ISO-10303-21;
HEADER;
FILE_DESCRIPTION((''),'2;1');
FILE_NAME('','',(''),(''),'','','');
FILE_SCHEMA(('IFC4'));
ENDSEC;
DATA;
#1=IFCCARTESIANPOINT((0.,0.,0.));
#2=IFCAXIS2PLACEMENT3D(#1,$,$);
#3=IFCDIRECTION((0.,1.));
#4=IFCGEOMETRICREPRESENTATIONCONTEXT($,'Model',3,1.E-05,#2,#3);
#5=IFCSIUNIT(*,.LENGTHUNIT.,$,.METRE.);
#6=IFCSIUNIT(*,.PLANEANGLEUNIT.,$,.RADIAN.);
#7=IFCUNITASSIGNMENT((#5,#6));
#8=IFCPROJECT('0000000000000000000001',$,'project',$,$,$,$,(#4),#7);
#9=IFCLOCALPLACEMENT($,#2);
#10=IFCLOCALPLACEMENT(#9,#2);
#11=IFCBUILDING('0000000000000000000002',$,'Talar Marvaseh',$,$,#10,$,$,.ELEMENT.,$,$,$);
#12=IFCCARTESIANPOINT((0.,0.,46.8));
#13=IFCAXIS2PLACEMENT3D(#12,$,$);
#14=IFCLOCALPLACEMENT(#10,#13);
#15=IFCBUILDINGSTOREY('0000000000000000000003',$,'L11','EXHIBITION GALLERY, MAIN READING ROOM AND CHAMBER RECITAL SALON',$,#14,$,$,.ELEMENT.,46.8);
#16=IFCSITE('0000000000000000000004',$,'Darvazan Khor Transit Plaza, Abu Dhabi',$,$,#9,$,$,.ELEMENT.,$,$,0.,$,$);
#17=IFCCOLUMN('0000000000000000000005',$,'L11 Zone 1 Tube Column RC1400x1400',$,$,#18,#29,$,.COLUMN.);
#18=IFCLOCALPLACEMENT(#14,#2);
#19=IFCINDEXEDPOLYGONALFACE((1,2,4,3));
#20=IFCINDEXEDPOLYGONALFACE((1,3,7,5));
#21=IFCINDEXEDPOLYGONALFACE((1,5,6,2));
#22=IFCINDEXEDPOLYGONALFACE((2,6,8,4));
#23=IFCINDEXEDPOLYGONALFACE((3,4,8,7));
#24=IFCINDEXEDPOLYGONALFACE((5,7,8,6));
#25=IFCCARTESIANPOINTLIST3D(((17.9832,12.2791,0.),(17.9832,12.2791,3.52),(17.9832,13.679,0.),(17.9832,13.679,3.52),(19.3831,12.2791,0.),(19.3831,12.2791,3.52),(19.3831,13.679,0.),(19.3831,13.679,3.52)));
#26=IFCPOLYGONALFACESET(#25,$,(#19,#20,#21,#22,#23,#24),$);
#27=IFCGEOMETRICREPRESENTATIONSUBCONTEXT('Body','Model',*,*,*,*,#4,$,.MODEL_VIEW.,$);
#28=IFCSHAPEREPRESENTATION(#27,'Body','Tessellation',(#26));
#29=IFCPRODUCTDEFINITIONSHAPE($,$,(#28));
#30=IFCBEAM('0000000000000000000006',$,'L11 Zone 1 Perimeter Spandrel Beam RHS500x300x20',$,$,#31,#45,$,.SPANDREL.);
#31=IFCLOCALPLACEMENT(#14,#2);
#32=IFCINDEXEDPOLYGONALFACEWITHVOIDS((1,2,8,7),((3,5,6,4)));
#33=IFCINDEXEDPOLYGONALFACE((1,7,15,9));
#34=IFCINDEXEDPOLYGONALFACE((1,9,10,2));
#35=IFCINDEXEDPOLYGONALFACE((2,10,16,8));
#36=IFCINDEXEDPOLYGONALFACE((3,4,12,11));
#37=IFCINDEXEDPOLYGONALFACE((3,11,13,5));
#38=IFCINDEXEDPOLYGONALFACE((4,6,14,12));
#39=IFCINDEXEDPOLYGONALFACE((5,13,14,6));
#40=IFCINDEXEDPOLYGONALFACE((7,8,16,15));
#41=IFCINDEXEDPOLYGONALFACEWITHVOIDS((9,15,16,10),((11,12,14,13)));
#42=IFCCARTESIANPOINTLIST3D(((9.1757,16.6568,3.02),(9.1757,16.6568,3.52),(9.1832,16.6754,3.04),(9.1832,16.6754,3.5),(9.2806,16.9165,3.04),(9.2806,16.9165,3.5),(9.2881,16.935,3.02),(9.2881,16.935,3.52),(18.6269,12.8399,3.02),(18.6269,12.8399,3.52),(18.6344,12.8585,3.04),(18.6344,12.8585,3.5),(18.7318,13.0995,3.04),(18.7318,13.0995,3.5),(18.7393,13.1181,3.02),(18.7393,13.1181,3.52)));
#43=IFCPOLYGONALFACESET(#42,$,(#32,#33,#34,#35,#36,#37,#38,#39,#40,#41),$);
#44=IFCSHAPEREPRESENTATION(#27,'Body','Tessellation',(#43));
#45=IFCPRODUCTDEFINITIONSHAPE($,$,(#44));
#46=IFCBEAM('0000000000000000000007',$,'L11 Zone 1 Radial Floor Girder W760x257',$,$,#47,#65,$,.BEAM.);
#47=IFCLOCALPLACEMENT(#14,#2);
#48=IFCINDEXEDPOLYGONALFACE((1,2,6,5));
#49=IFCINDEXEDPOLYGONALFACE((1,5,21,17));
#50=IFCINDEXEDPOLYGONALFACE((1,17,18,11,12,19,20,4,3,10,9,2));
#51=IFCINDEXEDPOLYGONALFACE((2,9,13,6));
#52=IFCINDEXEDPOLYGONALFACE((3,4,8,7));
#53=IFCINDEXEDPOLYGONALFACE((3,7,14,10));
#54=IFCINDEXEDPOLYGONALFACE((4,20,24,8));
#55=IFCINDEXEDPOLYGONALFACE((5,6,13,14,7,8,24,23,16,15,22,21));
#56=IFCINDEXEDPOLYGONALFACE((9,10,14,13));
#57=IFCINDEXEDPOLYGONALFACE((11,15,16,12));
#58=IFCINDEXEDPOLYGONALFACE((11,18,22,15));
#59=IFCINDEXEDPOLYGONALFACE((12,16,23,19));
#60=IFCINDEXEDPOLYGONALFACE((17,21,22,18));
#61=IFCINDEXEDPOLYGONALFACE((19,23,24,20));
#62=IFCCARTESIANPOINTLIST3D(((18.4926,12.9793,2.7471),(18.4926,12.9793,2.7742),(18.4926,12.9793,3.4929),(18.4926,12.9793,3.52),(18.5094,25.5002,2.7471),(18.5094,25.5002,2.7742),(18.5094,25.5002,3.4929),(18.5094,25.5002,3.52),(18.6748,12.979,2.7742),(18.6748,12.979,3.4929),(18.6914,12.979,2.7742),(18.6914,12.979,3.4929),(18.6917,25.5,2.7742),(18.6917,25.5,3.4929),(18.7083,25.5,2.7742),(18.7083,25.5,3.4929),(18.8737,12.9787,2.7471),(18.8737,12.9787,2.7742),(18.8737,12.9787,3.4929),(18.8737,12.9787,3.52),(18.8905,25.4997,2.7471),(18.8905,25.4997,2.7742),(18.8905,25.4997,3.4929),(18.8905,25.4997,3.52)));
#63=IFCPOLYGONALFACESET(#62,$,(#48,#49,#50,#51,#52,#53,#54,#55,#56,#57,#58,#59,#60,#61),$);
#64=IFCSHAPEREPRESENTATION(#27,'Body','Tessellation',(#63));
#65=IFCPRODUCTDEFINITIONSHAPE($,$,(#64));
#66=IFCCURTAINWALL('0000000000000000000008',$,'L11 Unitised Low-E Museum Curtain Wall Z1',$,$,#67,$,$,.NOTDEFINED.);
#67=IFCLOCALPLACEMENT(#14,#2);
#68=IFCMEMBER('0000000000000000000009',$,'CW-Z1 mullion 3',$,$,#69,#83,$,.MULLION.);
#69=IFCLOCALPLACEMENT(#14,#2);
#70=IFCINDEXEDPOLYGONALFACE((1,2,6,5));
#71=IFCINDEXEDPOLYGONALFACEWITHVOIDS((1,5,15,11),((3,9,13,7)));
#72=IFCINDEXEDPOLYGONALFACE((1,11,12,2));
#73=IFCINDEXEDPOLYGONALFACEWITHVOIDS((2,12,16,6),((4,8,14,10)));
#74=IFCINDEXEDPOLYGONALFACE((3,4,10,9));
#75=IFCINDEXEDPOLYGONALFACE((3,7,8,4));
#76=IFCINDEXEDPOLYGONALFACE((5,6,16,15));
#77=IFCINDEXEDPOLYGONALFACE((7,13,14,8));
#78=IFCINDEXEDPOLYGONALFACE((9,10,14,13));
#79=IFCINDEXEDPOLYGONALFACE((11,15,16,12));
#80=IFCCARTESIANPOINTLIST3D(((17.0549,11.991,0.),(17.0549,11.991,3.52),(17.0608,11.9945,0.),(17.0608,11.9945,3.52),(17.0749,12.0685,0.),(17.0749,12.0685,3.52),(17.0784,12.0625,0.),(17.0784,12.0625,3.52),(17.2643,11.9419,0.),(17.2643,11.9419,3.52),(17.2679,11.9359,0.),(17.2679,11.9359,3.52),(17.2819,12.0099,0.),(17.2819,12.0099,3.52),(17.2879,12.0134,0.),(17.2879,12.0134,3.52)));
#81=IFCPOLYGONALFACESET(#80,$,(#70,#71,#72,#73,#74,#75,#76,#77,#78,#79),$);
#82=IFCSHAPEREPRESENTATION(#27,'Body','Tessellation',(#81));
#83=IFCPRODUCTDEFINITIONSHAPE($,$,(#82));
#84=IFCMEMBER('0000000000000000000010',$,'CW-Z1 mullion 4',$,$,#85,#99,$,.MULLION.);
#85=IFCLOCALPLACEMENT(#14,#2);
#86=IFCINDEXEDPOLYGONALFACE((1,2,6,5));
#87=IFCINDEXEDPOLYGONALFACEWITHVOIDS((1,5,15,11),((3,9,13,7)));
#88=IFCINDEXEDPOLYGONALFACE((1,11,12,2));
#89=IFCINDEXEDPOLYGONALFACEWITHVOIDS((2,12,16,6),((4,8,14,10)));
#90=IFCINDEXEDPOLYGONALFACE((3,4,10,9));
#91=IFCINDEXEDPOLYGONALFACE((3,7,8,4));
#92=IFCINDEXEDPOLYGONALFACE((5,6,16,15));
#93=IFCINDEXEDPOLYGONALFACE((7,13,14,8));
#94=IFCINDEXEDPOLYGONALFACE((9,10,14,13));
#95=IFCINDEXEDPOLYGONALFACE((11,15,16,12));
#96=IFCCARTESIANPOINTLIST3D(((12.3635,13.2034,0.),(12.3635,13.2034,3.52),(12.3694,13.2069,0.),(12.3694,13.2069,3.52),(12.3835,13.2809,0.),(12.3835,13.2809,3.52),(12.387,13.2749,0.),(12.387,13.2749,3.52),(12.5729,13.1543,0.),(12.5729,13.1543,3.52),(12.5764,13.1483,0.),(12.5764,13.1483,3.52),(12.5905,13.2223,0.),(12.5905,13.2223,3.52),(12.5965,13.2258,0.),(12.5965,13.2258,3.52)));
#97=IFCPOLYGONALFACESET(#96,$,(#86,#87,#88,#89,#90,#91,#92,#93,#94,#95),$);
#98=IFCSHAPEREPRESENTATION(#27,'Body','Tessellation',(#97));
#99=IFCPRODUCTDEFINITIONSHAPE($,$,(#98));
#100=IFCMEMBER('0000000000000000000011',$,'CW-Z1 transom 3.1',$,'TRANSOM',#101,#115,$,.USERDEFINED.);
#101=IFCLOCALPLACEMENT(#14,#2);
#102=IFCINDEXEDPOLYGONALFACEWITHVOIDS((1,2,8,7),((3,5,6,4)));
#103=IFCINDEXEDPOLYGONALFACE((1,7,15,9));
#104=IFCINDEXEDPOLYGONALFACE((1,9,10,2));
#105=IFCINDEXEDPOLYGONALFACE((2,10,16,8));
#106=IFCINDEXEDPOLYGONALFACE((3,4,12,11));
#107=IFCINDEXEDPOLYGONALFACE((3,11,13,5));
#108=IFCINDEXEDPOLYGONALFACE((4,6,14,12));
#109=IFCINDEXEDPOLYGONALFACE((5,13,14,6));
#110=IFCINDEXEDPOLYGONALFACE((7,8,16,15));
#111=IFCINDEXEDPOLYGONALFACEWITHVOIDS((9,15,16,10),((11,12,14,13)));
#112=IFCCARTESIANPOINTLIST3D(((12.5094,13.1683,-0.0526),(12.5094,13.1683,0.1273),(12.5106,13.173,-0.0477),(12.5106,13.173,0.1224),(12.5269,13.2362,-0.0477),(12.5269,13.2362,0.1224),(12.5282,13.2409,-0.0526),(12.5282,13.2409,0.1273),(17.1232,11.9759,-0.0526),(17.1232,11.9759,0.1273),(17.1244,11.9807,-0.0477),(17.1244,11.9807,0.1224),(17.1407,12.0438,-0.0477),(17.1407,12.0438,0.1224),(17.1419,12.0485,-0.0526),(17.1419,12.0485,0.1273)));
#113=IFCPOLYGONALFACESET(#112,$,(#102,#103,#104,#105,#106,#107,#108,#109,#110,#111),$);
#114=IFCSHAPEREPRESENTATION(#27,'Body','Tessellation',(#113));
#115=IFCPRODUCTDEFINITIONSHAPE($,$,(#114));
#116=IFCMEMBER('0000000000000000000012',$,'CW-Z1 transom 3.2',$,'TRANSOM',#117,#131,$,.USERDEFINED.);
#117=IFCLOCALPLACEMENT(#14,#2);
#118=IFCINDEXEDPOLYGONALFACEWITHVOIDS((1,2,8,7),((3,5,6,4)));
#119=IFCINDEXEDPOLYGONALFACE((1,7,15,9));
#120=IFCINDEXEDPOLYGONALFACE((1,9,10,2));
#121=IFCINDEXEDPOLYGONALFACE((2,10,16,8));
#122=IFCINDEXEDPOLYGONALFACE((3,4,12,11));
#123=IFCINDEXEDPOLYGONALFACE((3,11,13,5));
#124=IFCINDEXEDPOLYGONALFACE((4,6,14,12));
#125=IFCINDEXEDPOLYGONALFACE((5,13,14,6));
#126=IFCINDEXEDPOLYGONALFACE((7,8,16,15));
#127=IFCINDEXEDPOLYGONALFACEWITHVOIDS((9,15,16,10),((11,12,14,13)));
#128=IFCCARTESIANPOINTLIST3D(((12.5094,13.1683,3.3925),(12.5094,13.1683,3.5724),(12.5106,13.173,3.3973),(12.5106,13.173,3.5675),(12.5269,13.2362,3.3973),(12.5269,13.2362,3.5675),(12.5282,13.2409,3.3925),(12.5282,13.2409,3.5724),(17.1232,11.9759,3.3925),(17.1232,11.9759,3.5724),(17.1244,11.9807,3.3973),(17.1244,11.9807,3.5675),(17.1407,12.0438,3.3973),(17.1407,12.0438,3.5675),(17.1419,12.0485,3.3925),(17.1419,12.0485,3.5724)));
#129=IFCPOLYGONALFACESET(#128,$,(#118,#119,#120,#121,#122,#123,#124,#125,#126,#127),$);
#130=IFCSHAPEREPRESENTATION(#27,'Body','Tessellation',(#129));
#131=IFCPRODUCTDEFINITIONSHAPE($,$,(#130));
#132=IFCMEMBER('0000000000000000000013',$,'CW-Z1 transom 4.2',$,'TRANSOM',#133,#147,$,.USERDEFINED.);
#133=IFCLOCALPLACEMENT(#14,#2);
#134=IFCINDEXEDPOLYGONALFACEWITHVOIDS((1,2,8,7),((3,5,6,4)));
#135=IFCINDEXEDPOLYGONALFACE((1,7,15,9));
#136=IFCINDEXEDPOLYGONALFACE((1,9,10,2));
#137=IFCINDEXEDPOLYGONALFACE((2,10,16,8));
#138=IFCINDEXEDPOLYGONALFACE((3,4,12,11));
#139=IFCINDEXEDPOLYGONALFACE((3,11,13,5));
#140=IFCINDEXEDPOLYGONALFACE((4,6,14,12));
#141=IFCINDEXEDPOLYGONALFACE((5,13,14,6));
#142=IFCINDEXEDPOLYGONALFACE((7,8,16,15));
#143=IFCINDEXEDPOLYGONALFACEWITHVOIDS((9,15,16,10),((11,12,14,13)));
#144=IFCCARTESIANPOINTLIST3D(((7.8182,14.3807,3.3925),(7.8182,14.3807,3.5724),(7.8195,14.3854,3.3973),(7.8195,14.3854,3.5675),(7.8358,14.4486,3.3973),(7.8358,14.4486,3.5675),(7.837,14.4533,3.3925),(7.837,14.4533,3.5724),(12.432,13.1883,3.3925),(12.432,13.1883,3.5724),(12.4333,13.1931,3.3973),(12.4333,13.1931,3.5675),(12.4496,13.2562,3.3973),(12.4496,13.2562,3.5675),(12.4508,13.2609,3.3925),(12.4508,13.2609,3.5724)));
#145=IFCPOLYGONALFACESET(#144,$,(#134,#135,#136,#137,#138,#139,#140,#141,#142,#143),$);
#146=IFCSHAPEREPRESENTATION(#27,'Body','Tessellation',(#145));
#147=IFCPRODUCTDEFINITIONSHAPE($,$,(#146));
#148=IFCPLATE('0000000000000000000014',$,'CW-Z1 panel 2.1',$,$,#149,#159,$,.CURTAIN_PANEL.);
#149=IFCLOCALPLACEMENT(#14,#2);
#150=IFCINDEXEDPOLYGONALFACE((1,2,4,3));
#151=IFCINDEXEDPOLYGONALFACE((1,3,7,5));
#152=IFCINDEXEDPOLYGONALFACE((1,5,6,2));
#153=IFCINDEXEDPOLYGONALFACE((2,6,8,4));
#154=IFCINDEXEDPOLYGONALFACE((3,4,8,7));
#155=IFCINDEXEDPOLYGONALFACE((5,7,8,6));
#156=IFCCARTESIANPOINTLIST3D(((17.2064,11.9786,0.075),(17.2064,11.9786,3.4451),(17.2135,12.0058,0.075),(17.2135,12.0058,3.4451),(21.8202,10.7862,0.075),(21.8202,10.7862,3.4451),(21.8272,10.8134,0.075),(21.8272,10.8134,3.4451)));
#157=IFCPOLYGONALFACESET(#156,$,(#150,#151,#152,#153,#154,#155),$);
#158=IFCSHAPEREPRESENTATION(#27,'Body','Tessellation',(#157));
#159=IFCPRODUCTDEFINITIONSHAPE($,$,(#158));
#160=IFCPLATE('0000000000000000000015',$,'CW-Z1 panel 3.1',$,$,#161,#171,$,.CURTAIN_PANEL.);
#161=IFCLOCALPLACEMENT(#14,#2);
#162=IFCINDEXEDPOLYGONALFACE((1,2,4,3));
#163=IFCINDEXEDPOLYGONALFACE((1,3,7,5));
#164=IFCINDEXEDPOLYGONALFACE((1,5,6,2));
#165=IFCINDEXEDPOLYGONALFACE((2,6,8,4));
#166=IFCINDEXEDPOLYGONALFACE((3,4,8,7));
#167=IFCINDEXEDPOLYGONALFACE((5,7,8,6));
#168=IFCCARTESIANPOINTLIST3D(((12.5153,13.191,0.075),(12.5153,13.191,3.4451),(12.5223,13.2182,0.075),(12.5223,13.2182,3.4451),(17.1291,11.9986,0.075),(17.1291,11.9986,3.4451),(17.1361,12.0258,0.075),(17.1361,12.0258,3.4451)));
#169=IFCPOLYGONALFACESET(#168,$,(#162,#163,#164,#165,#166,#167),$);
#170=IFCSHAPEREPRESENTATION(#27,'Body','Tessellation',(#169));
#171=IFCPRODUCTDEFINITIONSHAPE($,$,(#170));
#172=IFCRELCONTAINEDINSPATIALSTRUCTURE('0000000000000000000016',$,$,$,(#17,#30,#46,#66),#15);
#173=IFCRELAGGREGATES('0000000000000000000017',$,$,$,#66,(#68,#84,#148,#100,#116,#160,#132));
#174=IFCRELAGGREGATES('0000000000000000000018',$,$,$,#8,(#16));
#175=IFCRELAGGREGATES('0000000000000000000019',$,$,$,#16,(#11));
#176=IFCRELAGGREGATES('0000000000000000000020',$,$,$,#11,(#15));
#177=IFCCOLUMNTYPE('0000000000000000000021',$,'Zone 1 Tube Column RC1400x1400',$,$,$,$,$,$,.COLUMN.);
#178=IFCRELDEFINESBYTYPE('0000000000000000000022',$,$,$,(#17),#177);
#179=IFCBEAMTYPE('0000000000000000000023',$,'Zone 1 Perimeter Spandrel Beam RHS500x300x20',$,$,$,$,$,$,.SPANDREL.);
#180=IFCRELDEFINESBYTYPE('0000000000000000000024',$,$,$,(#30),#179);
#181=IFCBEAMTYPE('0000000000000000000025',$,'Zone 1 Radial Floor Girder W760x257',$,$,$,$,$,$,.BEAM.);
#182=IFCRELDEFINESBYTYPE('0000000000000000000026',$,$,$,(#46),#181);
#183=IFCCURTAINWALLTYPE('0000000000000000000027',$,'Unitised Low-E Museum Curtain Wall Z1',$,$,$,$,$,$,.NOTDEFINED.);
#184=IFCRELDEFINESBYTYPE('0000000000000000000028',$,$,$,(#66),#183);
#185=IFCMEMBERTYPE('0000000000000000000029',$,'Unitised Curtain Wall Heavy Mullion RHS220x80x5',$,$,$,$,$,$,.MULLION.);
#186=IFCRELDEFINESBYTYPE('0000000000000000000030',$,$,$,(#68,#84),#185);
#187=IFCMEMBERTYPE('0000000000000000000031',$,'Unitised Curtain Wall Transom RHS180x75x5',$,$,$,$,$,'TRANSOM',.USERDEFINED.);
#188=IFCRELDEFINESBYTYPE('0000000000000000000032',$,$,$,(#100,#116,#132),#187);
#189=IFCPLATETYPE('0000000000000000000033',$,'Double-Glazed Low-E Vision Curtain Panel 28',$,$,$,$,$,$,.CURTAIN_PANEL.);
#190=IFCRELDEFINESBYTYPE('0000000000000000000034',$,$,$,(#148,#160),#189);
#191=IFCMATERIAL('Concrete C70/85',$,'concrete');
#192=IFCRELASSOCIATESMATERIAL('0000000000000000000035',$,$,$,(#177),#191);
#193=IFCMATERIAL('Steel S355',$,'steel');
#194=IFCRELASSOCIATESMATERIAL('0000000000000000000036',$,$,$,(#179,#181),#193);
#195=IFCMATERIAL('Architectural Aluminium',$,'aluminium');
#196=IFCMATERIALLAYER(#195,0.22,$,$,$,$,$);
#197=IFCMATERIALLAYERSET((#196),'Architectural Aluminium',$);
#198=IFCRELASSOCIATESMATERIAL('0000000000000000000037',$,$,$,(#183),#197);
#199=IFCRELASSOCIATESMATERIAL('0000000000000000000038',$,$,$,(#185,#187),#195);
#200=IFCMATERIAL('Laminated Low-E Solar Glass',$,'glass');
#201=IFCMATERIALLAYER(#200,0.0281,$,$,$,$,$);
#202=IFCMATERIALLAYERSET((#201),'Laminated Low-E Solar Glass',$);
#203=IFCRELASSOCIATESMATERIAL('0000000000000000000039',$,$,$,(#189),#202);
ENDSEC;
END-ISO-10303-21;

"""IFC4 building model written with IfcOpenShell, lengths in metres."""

from ifc_helpers import new_model, si_unit, direction, frame, origin, origin_2d, place, context, subcontext, project, spatial, rectangle, hollow_rectangle, i_section, extrude, source, transform, mapped, material, layer, layer_set, material_profile, profile_set, type_object, type_shapes, element, aggregate, save


model = new_model("IFC4")

# Units and contexts
model_context = context("Model", 3, precision=1e-05, world=origin(), true_north=direction((0.0, 1.0)))
body_context = subcontext(model_context, "Body", "Model", "MODEL_VIEW")
ifc_project = project(units=[si_unit("LENGTHUNIT", "METRE"), si_unit("PLANEANGLEUNIT", "RADIAN")], contexts=[model_context])

# Site, building, storey
site_placement = place(None, origin())
site = spatial("IfcSite", under=ifc_project, at=site_placement, Name="Darvazan Khor Transit Plaza, Abu Dhabi", CompositionType="ELEMENT", RefElevation=0.0)
building_placement = place(site_placement, origin())
building = spatial("IfcBuilding", under=site, at=building_placement, Name="Talar Marvaseh", CompositionType="ELEMENT")
storey_placement = place(building_placement, frame((0.0, 0.0, 46.8)))
storey = spatial("IfcBuildingStorey", under=building, at=storey_placement, Name="L11", Description="EXHIBITION GALLERY, MAIN READING ROOM AND CHAMBER RECITAL SALON", CompositionType="ELEMENT", Elevation=46.8)

# Column
ifc_material_1 = material(Name="Concrete C70/85", Category="concrete")
ifc_material_profile_1 = material_profile(ifc_material_1, rectangle(XDim=1.3999, YDim=1.3999, at=origin_2d()), Name="RC1400x1400")
ifc_profile_set_1 = profile_set([ifc_material_profile_1], Name="Concrete C70/85")
column_type = type_object("IfcColumnType", Name="Zone 1 Tube Column RC1400x1400", PredefinedType="COLUMN", material=ifc_profile_set_1)
column_placement = place(storey_placement, frame((18.6831, 12.979, 0.0), z_axis=(0.0, 0.0, 1.0), x_axis=(1.0, 0.0, 0.0)))
element("IfcColumn", 1, at=column_placement, inside=storey, type_object=column_type, Name="L11 Zone 1 Tube Column RC1400x1400", PredefinedType="COLUMN", context=body_context, shape_type="SweptSolid", body=[
    extrude(rectangle(XDim=1.3999, YDim=1.3999, at=origin_2d()), origin(), (0.0, 0.0, 1.0), 3.52),
])

# Beams
ifc_material_2 = material(Name="Steel S355", Category="steel")
ifc_material_profile_2 = material_profile(ifc_material_2, hollow_rectangle(XDim=0.3, YDim=0.5, WallThickness=0.02, at=origin_2d()), Name="RHS500x300x20")
ifc_profile_set_2 = profile_set([ifc_material_profile_2], Name="Steel S355")
beam_type_1 = type_object("IfcBeamType", Name="Zone 1 Perimeter Spandrel Beam RHS500x300x20", PredefinedType="SPANDREL", material=ifc_profile_set_2)
beam_1_placement = place(storey_placement, frame((18.6831, 12.979, 3.27), z_axis=(-0.927239, 0.374469, 0.0), x_axis=(-0.374469, -0.927239, 0.0)))
element("IfcBeam", 2, at=beam_1_placement, inside=storey, type_object=beam_type_1, Name="L11 Zone 1 Perimeter Spandrel Beam RHS500x300x20", PredefinedType="SPANDREL", context=body_context, shape_type="SweptSolid", body=[
    extrude(hollow_rectangle(XDim=0.3, YDim=0.5, WallThickness=0.02, at=origin_2d()), origin(), (0.0, 0.0, 1.0), 10.1929),
])
ifc_material_profile_3 = material_profile(ifc_material_2, i_section(OverallWidth=0.3811, OverallDepth=0.7729, WebThickness=0.0166, FlangeThickness=0.0271, at=origin_2d()), Name="W760x257")
ifc_profile_set_3 = profile_set([ifc_material_profile_3], Name="Steel S355")
beam_type_2 = type_object("IfcBeamType", Name="Zone 1 Radial Floor Girder W760x257", PredefinedType="BEAM", material=ifc_profile_set_3)
beam_2_placement = place(storey_placement, frame((18.6831, 12.979, 3.1335), z_axis=(0.001345, 0.999999, 0.0), x_axis=(-0.999999, 0.001345, 0.0)))
element("IfcBeam", 3, at=beam_2_placement, inside=storey, type_object=beam_type_2, Name="L11 Zone 1 Radial Floor Girder W760x257", PredefinedType="BEAM", context=body_context, shape_type="SweptSolid", body=[
    extrude(i_section(OverallWidth=0.3811, OverallDepth=0.7729, WebThickness=0.0166, FlangeThickness=0.0271, at=origin_2d()), origin(), (0.0, 0.0, 1.0), 12.521),
])

# Curtain wall, members, plates
ifc_material_3 = material(Name="Architectural Aluminium", Category="aluminium")
ifc_layer_1 = layer(ifc_material_3, 0.22)
ifc_layer_set_1 = layer_set([ifc_layer_1], Name="Architectural Aluminium")
curtain_wall_type = type_object("IfcCurtainWallType", Name="Unitised Low-E Museum Curtain Wall Z1", PredefinedType="NOTDEFINED", material=ifc_layer_set_1)
curtain_wall_placement = place(storey_placement, origin())
curtain_wall = element("IfcCurtainWall", 4, at=curtain_wall_placement, inside=storey, type_object=curtain_wall_type, Name="L11 Unitised Low-E Museum Curtain Wall Z1", PredefinedType="NOTDEFINED")
ifc_material_profile_4 = material_profile(ifc_material_3, hollow_rectangle(XDim=0.0801, YDim=0.22, WallThickness=0.0049, at=origin_2d()), Name="RHS220x80x5")
ifc_profile_set_4 = profile_set([ifc_material_profile_4], Name="Architectural Aluminium")
member_type_1 = type_object("IfcMemberType", Name="Unitised Curtain Wall Heavy Mullion RHS220x80x5", PredefinedType="MULLION", material=ifc_profile_set_4)
shared_shape_1 = source(origin(), body_context, "Body", "SweptSolid", [
    extrude(hollow_rectangle(XDim=0.0801, YDim=0.22, WallThickness=0.0049, at=origin_2d()), origin(), (0.0, 0.0, 1.0), 3.52),
])
type_shapes(member_type_1, [shared_shape_1])
member_1_placement = place(storey_placement, frame((17.1714, 12.0022, 0.0), z_axis=(0.0, 0.0, 1.0), x_axis=(-0.250228, -0.968187, 0.0)))
member_1 = element("IfcMember", 5, at=member_1_placement, type_object=member_type_1, Name="CW-Z1 mullion 3", PredefinedType="MULLION", context=body_context, shape_type="MappedRepresentation", body=[
    mapped(shared_shape_1, transform((0.0, 0.0, 0.0), x_axis=(1.0, 0.0, 0.0), y_axis=(0.0, 1.0, 0.0), z_axis=(0.0, 0.0, 1.0), scale=1.0)),
])
member_2_placement = place(storey_placement, frame((12.48, 13.2146, 0.0), z_axis=(0.0, 0.0, 1.0), x_axis=(-0.250228, -0.968187, 0.0)))
member_2 = element("IfcMember", 6, at=member_2_placement, type_object=member_type_1, Name="CW-Z1 mullion 4", PredefinedType="MULLION", context=body_context, shape_type="MappedRepresentation", body=[
    mapped(shared_shape_1, transform((0.0, 0.0, 0.0), x_axis=(1.0, 0.0, 0.0), y_axis=(0.0, 1.0, 0.0), z_axis=(0.0, 0.0, 1.0), scale=1.0)),
])
ifc_material_profile_5 = material_profile(ifc_material_3, hollow_rectangle(XDim=0.075, YDim=0.1799, WallThickness=0.0049, at=origin_2d()), Name="RHS180x75x5")
ifc_profile_set_5 = profile_set([ifc_material_profile_5], Name="Architectural Aluminium")
member_type_2 = type_object("IfcMemberType", Name="Unitised Curtain Wall Transom RHS180x75x5", ElementType="TRANSOM", PredefinedType="USERDEFINED", material=ifc_profile_set_5)
shared_shape_2 = source(origin(), body_context, "Body", "SweptSolid", [
    extrude(hollow_rectangle(XDim=0.075, YDim=0.1799, WallThickness=0.0049, at=origin_2d()), origin(), (0.0, 0.0, 1.0), 4.7654),
])
type_shapes(member_type_2, [shared_shape_2])
member_3_placement = place(storey_placement, frame((17.1326, 12.0122, 0.0374), z_axis=(-0.968189, 0.250219, 0.0), x_axis=(-0.250219, -0.968189, 0.0)))
member_3 = element("IfcMember", 7, at=member_3_placement, type_object=member_type_2, Name="CW-Z1 transom 3.1", ObjectType="TRANSOM", PredefinedType="USERDEFINED", context=body_context, shape_type="MappedRepresentation", body=[
    mapped(shared_shape_2, transform((0.0, 0.0, 0.0), x_axis=(1.0, 0.0, 0.0), y_axis=(0.0, 1.0, 0.0), z_axis=(0.0, 0.0, 1.0), scale=1.0)),
])
member_4_placement = place(storey_placement, frame((17.1326, 12.0122, 3.4824), z_axis=(-0.968189, 0.250219, 0.0), x_axis=(-0.250219, -0.968189, 0.0)))
member_4 = element("IfcMember", 8, at=member_4_placement, type_object=member_type_2, Name="CW-Z1 transom 3.2", ObjectType="TRANSOM", PredefinedType="USERDEFINED", context=body_context, shape_type="MappedRepresentation", body=[
    mapped(shared_shape_2, transform((0.0, 0.0, 0.0), x_axis=(1.0, 0.0, 0.0), y_axis=(0.0, 1.0, 0.0), z_axis=(0.0, 0.0, 1.0), scale=1.0)),
])
member_5_placement = place(storey_placement, frame((12.4414, 13.2246, 3.4824), z_axis=(-0.968189, 0.250219, 0.0), x_axis=(-0.250219, -0.968189, 0.0)))
member_5 = element("IfcMember", 9, at=member_5_placement, type_object=member_type_2, Name="CW-Z1 transom 4.2", ObjectType="TRANSOM", PredefinedType="USERDEFINED", context=body_context, shape_type="MappedRepresentation", body=[
    mapped(shared_shape_2, transform((0.0, 0.0, 0.0), x_axis=(1.0, 0.0, 0.0), y_axis=(0.0, 1.0, 0.0), z_axis=(0.0, 0.0, 1.0), scale=1.0)),
])
ifc_material_4 = material(Name="Laminated Low-E Solar Glass", Category="glass")
ifc_layer_2 = layer(ifc_material_4, 0.0281)
ifc_layer_set_2 = layer_set([ifc_layer_2], Name="Laminated Low-E Solar Glass")
plate_type = type_object("IfcPlateType", Name="Double-Glazed Low-E Vision Curtain Panel 28", PredefinedType="CURTAIN_PANEL", material=ifc_layer_set_2)
shared_shape_3 = source(origin(), body_context, "Body", "SweptSolid", [
    extrude(rectangle(XDim=4.7654, YDim=0.0281, at=origin_2d()), origin(), (0.0, 0.0, 1.0), 3.3701),
])
type_shapes(plate_type, [shared_shape_3])
plate_1_placement = place(storey_placement, frame((19.5168, 11.396, 0.075), z_axis=(0.0, 0.0, 1.0), x_axis=(-0.968187, 0.250228, 0.0)))
plate_1 = element("IfcPlate", 10, at=plate_1_placement, type_object=plate_type, Name="CW-Z1 panel 2.1", PredefinedType="CURTAIN_PANEL", context=body_context, shape_type="MappedRepresentation", body=[
    mapped(shared_shape_3, transform((0.0, 0.0, 0.0), x_axis=(1.0, 0.0, 0.0), y_axis=(0.0, 1.0, 0.0), z_axis=(0.0, 0.0, 1.0), scale=1.0)),
])
plate_2_placement = place(storey_placement, frame((14.8257, 12.6084, 0.075), z_axis=(0.0, 0.0, 1.0), x_axis=(-0.968187, 0.250228, 0.0)))
plate_2 = element("IfcPlate", 11, at=plate_2_placement, type_object=plate_type, Name="CW-Z1 panel 3.1", PredefinedType="CURTAIN_PANEL", context=body_context, shape_type="MappedRepresentation", body=[
    mapped(shared_shape_3, transform((0.0, 0.0, 0.0), x_axis=(1.0, 0.0, 0.0), y_axis=(0.0, 1.0, 0.0), z_axis=(0.0, 0.0, 1.0), scale=1.0)),
])
aggregate(curtain_wall, [member_1, member_2, plate_1, member_3, member_4, plate_2, member_5])

save(model, "model.ifc")
